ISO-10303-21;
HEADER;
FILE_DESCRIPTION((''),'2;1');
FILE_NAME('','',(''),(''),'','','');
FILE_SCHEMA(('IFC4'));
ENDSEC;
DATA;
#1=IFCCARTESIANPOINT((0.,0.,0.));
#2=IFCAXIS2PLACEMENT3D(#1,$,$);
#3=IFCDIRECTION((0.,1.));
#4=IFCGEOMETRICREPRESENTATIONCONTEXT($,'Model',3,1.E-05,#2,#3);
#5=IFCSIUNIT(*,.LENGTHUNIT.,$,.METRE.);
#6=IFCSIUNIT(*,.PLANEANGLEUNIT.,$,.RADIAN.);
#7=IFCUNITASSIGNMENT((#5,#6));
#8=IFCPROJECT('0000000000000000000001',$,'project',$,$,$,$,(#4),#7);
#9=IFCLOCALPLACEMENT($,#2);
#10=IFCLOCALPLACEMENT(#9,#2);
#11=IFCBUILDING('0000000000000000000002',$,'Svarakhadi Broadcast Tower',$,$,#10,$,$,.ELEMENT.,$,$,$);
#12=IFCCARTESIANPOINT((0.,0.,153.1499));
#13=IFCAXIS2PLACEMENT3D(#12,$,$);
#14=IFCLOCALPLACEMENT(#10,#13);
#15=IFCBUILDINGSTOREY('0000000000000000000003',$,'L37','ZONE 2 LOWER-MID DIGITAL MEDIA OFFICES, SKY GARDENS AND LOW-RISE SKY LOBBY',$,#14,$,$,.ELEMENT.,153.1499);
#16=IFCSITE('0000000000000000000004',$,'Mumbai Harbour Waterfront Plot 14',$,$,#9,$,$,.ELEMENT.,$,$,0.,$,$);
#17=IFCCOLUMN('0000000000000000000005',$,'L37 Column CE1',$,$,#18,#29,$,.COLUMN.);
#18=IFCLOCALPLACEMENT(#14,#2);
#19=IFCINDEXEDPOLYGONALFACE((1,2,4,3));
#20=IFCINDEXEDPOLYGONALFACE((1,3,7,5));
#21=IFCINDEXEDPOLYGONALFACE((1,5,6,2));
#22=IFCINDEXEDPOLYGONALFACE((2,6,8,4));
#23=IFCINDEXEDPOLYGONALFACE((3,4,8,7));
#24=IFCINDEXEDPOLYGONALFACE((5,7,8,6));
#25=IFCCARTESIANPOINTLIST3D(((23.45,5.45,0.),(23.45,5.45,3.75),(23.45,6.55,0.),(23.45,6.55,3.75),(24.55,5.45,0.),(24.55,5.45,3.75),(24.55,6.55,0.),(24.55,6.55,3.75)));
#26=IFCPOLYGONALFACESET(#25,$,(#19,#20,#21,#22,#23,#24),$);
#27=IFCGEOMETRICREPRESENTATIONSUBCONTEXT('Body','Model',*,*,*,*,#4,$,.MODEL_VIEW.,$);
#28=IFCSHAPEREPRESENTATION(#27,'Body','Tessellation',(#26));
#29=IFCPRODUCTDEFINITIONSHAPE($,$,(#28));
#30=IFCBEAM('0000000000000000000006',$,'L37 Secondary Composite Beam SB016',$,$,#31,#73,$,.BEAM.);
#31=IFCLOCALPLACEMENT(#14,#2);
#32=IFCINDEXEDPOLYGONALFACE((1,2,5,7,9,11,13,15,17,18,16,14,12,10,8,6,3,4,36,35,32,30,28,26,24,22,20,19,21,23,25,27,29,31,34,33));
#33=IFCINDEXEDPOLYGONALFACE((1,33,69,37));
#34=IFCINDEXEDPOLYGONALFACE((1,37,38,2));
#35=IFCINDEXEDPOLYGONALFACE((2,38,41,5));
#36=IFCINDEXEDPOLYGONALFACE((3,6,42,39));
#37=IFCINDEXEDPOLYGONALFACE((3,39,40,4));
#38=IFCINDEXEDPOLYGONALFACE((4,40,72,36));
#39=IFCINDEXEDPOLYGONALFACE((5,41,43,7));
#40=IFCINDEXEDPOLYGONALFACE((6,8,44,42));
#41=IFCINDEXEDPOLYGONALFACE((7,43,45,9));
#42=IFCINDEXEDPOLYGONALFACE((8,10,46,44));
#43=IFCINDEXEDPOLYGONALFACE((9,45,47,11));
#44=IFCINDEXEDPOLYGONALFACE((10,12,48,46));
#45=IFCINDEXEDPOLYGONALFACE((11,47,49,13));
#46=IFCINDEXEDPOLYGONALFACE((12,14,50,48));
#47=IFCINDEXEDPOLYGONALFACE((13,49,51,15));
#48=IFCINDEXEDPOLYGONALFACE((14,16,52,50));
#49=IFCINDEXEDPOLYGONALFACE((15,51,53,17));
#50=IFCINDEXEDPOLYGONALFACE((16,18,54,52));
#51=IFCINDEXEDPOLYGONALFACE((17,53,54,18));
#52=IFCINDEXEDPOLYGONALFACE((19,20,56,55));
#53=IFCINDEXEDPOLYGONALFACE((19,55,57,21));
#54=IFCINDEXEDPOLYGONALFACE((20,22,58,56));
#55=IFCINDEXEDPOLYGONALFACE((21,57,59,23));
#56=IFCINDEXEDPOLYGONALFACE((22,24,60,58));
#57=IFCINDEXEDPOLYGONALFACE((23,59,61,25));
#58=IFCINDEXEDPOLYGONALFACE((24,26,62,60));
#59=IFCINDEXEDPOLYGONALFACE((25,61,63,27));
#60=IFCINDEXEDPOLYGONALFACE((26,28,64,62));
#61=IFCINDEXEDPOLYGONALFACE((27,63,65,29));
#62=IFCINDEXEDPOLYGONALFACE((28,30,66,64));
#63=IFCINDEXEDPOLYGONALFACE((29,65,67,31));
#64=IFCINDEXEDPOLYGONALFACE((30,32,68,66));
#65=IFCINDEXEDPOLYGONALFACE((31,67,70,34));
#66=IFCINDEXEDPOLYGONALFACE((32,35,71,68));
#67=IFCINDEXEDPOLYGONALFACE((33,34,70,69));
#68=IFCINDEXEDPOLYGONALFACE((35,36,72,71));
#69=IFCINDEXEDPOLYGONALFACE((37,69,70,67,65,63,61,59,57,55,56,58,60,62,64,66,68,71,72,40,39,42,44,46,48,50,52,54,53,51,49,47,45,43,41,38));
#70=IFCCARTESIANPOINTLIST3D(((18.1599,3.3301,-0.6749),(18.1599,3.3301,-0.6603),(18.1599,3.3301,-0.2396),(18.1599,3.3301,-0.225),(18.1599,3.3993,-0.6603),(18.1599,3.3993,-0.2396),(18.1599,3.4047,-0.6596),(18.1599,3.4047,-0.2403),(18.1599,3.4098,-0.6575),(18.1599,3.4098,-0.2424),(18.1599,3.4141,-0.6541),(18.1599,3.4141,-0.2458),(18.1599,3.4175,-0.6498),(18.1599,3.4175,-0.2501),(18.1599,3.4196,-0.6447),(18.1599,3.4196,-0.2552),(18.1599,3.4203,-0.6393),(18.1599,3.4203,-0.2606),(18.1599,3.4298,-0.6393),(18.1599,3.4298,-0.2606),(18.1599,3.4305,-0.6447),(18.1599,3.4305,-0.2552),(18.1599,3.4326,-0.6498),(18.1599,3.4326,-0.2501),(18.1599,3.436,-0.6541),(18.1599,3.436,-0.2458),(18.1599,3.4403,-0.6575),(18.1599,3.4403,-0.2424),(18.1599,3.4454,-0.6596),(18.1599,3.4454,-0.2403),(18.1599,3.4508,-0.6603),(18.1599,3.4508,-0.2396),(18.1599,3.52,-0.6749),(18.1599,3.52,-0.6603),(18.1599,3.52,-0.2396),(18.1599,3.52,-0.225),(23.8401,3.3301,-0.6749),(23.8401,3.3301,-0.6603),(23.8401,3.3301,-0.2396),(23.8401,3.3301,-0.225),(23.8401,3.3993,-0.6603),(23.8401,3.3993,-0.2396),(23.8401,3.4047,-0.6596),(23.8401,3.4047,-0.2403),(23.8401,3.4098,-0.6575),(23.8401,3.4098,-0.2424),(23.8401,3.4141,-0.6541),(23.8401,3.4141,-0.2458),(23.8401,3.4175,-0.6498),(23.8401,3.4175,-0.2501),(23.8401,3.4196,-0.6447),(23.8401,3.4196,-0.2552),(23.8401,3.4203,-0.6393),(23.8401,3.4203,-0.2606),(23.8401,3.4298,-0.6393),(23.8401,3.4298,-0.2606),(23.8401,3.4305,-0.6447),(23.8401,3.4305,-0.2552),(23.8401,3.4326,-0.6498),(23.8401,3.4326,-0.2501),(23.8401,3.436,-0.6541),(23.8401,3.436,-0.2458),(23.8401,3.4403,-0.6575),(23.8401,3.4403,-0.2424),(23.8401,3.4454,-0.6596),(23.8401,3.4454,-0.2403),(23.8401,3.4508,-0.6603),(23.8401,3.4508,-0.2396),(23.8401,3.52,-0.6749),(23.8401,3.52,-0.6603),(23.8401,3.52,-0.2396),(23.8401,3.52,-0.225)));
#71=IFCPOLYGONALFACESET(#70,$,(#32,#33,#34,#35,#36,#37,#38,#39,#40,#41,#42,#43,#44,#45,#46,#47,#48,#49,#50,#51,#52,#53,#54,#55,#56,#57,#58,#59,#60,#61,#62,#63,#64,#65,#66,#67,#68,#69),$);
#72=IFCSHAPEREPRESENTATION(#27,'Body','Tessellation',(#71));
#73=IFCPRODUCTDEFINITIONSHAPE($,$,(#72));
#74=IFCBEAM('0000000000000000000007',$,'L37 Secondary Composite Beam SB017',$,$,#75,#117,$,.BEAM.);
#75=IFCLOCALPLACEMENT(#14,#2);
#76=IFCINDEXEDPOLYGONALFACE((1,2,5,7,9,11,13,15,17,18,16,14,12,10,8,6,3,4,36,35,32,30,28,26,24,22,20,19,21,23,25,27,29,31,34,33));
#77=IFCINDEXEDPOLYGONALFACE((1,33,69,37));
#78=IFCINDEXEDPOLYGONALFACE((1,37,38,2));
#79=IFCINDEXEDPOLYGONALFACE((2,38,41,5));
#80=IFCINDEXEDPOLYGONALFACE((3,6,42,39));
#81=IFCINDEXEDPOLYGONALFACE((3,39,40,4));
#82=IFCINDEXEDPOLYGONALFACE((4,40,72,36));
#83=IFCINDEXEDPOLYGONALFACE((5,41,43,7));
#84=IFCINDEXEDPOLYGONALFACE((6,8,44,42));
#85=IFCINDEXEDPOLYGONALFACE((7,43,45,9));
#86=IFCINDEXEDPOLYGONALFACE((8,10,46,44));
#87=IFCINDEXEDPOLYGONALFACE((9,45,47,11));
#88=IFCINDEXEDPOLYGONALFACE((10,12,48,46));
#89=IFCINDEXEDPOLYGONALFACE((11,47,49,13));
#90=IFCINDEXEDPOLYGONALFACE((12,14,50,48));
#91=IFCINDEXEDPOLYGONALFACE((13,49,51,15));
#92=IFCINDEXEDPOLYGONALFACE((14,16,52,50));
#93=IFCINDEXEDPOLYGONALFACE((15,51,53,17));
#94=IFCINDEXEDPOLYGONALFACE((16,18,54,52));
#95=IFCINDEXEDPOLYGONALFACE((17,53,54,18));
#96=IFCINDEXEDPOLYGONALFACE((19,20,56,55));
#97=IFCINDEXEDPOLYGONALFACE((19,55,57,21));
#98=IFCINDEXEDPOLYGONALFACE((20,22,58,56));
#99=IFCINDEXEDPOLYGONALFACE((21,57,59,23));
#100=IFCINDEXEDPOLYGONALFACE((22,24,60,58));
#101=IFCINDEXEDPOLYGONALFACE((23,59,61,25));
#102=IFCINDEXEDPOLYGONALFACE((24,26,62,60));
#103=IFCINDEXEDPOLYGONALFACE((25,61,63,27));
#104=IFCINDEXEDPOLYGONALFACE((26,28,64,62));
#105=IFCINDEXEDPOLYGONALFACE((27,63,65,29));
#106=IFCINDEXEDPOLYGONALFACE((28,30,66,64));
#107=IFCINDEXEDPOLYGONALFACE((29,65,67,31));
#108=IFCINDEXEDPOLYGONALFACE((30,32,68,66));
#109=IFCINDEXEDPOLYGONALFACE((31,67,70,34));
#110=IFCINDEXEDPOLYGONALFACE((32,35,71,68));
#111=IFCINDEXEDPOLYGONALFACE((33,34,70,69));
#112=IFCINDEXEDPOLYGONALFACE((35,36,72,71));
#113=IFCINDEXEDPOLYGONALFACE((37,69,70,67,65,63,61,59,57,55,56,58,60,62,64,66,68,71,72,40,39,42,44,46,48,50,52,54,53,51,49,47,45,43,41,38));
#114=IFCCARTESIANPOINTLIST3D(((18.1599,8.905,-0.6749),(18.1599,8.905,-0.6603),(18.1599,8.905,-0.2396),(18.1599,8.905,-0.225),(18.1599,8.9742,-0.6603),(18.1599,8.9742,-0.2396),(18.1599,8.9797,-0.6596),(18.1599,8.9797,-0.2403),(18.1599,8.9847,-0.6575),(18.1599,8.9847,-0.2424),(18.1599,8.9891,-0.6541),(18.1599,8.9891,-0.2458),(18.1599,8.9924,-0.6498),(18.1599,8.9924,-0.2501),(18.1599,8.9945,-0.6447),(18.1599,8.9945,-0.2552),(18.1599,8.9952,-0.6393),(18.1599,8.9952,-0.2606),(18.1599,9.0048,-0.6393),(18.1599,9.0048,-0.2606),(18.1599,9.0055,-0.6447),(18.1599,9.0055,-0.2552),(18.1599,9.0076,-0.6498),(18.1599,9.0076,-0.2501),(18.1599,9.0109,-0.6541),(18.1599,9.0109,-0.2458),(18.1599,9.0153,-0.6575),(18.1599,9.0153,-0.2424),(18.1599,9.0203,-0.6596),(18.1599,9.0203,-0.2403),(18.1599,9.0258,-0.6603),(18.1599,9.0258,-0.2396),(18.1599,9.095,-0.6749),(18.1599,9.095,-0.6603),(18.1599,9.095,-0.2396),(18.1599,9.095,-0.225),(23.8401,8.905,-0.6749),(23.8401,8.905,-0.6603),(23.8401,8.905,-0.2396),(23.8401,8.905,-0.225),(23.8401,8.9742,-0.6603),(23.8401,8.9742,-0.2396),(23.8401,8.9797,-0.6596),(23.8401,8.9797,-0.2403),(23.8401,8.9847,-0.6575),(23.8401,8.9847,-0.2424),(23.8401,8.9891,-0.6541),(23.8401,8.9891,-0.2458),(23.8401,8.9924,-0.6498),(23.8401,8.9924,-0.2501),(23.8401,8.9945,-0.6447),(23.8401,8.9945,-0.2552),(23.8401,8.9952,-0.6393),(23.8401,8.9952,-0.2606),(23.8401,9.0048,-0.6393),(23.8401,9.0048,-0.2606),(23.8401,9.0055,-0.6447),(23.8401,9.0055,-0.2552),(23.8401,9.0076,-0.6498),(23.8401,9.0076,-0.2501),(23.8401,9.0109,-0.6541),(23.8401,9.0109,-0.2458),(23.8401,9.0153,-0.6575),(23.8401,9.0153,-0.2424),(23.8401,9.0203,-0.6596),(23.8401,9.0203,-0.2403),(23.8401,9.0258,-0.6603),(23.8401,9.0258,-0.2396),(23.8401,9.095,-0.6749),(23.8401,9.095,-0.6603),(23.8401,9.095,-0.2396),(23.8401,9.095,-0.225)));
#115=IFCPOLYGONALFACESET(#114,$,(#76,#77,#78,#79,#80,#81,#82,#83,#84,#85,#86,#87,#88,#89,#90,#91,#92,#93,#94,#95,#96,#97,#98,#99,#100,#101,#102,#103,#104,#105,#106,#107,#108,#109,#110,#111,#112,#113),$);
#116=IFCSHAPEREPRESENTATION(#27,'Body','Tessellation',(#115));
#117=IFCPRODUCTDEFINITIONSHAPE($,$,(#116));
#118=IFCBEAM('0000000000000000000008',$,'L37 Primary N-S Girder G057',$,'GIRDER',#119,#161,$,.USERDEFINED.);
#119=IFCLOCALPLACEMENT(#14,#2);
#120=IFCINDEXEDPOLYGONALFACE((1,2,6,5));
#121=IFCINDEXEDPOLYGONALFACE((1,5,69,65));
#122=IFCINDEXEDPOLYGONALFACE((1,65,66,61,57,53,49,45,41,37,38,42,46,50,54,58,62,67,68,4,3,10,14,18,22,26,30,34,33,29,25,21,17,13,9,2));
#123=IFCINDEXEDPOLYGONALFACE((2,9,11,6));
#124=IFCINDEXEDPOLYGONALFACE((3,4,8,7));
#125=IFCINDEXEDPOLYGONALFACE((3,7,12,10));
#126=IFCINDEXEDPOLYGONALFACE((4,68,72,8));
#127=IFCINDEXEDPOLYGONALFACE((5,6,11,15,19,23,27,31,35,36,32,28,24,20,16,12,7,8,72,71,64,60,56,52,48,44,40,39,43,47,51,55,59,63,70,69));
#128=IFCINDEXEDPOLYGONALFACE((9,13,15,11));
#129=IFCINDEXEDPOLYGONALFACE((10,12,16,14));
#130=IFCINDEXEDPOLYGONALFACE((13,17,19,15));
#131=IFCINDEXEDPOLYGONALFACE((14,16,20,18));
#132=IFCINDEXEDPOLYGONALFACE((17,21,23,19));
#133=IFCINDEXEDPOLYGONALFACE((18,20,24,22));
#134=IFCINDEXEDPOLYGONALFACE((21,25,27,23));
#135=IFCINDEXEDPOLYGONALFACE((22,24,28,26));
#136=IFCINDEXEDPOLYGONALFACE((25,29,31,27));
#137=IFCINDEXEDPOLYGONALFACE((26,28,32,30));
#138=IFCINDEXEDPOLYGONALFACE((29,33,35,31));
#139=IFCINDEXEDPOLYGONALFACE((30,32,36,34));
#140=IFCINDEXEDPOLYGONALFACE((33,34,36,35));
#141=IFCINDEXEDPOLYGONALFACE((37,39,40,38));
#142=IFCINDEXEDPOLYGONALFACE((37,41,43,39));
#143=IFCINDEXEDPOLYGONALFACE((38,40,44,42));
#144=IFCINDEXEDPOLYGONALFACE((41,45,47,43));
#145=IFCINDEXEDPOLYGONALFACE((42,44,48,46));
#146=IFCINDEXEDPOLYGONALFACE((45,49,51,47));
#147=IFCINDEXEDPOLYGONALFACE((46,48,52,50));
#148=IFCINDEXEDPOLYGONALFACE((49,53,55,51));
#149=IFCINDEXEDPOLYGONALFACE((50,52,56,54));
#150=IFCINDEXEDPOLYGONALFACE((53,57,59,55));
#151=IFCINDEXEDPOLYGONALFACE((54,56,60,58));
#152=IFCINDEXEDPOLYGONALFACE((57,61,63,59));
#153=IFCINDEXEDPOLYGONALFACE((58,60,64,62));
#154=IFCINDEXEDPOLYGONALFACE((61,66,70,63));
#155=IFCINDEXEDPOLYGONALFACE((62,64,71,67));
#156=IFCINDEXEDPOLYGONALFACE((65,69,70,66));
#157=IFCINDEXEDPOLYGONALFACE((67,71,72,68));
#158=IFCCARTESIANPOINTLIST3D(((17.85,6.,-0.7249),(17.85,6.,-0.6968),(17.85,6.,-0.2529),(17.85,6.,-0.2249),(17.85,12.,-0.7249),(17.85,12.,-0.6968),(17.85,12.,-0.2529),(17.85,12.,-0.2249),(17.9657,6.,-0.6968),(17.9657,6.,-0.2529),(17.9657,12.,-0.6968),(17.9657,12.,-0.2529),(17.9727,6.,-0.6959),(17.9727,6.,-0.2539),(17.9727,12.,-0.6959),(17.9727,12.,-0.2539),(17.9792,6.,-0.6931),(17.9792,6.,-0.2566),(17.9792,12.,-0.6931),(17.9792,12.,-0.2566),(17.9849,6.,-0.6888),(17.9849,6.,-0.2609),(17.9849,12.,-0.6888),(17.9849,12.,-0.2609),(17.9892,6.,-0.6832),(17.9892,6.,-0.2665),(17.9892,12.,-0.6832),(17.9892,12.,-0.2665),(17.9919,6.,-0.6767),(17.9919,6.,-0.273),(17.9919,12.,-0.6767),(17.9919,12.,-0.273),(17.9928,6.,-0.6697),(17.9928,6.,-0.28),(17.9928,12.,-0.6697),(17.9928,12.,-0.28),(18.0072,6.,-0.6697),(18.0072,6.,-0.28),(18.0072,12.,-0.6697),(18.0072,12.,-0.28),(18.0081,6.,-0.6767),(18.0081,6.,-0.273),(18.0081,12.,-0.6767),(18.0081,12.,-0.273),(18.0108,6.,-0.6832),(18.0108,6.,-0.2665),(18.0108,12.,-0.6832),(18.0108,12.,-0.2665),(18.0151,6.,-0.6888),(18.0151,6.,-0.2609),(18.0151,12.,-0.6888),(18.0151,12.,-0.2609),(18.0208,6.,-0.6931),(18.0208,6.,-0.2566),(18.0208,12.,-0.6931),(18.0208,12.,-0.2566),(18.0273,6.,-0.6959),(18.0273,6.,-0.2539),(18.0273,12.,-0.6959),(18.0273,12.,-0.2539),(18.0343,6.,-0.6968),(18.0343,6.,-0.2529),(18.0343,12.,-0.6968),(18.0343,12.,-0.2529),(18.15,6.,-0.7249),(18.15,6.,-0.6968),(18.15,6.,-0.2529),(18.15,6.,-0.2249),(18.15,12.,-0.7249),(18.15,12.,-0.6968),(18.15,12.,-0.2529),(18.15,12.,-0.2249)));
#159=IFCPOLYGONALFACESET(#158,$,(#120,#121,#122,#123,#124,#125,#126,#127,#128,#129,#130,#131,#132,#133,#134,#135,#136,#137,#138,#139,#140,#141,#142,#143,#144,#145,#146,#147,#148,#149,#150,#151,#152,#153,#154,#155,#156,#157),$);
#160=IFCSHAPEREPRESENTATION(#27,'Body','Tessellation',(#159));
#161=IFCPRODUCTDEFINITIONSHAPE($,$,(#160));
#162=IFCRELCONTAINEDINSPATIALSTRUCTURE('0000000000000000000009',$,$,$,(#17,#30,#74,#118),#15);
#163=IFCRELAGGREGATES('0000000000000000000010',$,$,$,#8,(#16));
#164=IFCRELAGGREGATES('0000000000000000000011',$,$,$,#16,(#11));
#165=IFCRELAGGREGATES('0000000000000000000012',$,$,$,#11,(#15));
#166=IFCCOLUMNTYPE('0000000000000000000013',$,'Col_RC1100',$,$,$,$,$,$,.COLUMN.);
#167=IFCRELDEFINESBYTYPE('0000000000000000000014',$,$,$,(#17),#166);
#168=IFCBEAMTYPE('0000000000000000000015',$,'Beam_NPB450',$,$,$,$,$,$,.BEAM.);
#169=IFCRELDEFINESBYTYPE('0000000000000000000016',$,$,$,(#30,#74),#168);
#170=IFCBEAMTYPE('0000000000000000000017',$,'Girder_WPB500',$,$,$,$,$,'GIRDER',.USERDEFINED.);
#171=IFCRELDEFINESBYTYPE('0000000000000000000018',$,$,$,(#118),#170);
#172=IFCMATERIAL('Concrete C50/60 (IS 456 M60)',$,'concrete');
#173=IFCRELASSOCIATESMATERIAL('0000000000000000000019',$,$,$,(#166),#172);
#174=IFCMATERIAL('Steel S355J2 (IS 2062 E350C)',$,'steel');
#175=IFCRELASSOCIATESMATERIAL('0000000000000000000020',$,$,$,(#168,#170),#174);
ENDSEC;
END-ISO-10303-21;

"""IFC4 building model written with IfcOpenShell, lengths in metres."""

from ifc_helpers import new_model, si_unit, direction, frame, origin, origin_2d, place, context, subcontext, project, spatial, rectangle, i_section, extrude, material, material_profile, profile_set, type_object, element, save


model = new_model("IFC4")

# Units and contexts
model_context = context("Model", 3, precision=1e-05, world=origin(), true_north=direction((0.0, 1.0)))
body_context = subcontext(model_context, "Body", "Model", "MODEL_VIEW")
ifc_project = project(units=[si_unit("LENGTHUNIT", "METRE"), si_unit("PLANEANGLEUNIT", "RADIAN")], contexts=[model_context])

# Site, building, storey
site_placement = place(None, origin())
site = spatial("IfcSite", under=ifc_project, at=site_placement, Name="Mumbai Harbour Waterfront Plot 14", CompositionType="ELEMENT", RefElevation=0.0)
building_placement = place(site_placement, origin())
building = spatial("IfcBuilding", under=site, at=building_placement, Name="Svarakhadi Broadcast Tower", CompositionType="ELEMENT")
storey_placement = place(building_placement, frame((0.0, 0.0, 153.1499)))
storey = spatial("IfcBuildingStorey", under=building, at=storey_placement, Name="L37", Description="ZONE 2 LOWER-MID DIGITAL MEDIA OFFICES, SKY GARDENS AND LOW-RISE SKY LOBBY", CompositionType="ELEMENT", Elevation=153.1499)

# Column
ifc_material_1 = material(Name="Concrete C50/60 (IS 456 M60)", Category="concrete")
ifc_material_profile_1 = material_profile(ifc_material_1, rectangle(XDim=1.1001, YDim=1.1001, at=origin_2d()), Name="RC 1100x1100")
ifc_profile_set_1 = profile_set([ifc_material_profile_1], Name="Concrete C50/60 (IS 456 M60)")
column_type = type_object("IfcColumnType", Name="Col_RC1100", PredefinedType="COLUMN", material=ifc_profile_set_1)
column_placement = place(storey_placement, frame((24.0, 6.0, 0.0), z_axis=(0.0, 0.0, 1.0), x_axis=(1.0, 0.0, 0.0)))
element("IfcColumn", 1, at=column_placement, inside=storey, type_object=column_type, Name="L37 Column CE1", PredefinedType="COLUMN", context=body_context, shape_type="SweptSolid", body=[
    extrude(rectangle(XDim=1.1001, YDim=1.1001, at=origin_2d()), origin(), (0.0, 0.0, 1.0), 3.75),
])

# Beams
ifc_material_2 = material(Name="Steel S355J2 (IS 2062 E350C)", Category="steel")
ifc_material_profile_2 = material_profile(ifc_material_2, i_section(OverallWidth=0.1899, OverallDepth=0.45, WebThickness=0.0095, FlangeThickness=0.0146, FilletRadius=0.021, at=origin_2d()), Name="NPB 450x190x78")
ifc_profile_set_2 = profile_set([ifc_material_profile_2], Name="Steel S355J2 (IS 2062 E350C)")
beam_type_1 = type_object("IfcBeamType", Name="Beam_NPB450", PredefinedType="BEAM", material=ifc_profile_set_2)
for number, where, z_axis, x_axis, name in (
    (2, (18.1599, 3.425, -0.45), (1.0, 0.0, 0.0), (0.0, 1.0, 0.0), "L37 Secondary Composite Beam SB016"),
    (3, (18.1599, 9.0, -0.45), (1.0, 0.0, 0.0), (0.0, 1.0, 0.0), "L37 Secondary Composite Beam SB017"),
):
    element("IfcBeam", number, at=place(storey_placement, frame(where, z_axis=z_axis, x_axis=x_axis)), inside=storey, type_object=beam_type_1, Name=name, PredefinedType="BEAM", context=body_context, shape_type="SweptSolid", body=[
        extrude(i_section(OverallWidth=0.1899, OverallDepth=0.45, WebThickness=0.0095, FlangeThickness=0.0146, FilletRadius=0.021, at=origin_2d()), origin(), (0.0, 0.0, 1.0), 5.6802),
    ])
ifc_material_profile_3 = material_profile(ifc_material_2, i_section(OverallWidth=0.3, OverallDepth=0.5, WebThickness=0.0144, FlangeThickness=0.0281, FilletRadius=0.0271, at=origin_2d()), Name="WPB 500x300x187")
ifc_profile_set_3 = profile_set([ifc_material_profile_3], Name="Steel S355J2 (IS 2062 E350C)")
beam_type_2 = type_object("IfcBeamType", Name="Girder_WPB500", ElementType="GIRDER", PredefinedType="USERDEFINED", material=ifc_profile_set_3)
for number, where, z_axis, x_axis, name in (
    (4, (18.0, 6.0, -0.4749), (0.0, 1.0, 0.0), (-1.0, 0.0, 0.0), "L37 Primary N-S Girder G057"),
):
    element("IfcBeam", number, at=place(storey_placement, frame(where, z_axis=z_axis, x_axis=x_axis)), inside=storey, type_object=beam_type_2, Name=name, ObjectType="GIRDER", PredefinedType="USERDEFINED", context=body_context, shape_type="SweptSolid", body=[
        extrude(i_section(OverallWidth=0.3, OverallDepth=0.5, WebThickness=0.0144, FlangeThickness=0.0281, FilletRadius=0.0271, at=origin_2d()), origin(), (0.0, 0.0, 1.0), 6.0),
    ])

save(model, "model.ifc")
